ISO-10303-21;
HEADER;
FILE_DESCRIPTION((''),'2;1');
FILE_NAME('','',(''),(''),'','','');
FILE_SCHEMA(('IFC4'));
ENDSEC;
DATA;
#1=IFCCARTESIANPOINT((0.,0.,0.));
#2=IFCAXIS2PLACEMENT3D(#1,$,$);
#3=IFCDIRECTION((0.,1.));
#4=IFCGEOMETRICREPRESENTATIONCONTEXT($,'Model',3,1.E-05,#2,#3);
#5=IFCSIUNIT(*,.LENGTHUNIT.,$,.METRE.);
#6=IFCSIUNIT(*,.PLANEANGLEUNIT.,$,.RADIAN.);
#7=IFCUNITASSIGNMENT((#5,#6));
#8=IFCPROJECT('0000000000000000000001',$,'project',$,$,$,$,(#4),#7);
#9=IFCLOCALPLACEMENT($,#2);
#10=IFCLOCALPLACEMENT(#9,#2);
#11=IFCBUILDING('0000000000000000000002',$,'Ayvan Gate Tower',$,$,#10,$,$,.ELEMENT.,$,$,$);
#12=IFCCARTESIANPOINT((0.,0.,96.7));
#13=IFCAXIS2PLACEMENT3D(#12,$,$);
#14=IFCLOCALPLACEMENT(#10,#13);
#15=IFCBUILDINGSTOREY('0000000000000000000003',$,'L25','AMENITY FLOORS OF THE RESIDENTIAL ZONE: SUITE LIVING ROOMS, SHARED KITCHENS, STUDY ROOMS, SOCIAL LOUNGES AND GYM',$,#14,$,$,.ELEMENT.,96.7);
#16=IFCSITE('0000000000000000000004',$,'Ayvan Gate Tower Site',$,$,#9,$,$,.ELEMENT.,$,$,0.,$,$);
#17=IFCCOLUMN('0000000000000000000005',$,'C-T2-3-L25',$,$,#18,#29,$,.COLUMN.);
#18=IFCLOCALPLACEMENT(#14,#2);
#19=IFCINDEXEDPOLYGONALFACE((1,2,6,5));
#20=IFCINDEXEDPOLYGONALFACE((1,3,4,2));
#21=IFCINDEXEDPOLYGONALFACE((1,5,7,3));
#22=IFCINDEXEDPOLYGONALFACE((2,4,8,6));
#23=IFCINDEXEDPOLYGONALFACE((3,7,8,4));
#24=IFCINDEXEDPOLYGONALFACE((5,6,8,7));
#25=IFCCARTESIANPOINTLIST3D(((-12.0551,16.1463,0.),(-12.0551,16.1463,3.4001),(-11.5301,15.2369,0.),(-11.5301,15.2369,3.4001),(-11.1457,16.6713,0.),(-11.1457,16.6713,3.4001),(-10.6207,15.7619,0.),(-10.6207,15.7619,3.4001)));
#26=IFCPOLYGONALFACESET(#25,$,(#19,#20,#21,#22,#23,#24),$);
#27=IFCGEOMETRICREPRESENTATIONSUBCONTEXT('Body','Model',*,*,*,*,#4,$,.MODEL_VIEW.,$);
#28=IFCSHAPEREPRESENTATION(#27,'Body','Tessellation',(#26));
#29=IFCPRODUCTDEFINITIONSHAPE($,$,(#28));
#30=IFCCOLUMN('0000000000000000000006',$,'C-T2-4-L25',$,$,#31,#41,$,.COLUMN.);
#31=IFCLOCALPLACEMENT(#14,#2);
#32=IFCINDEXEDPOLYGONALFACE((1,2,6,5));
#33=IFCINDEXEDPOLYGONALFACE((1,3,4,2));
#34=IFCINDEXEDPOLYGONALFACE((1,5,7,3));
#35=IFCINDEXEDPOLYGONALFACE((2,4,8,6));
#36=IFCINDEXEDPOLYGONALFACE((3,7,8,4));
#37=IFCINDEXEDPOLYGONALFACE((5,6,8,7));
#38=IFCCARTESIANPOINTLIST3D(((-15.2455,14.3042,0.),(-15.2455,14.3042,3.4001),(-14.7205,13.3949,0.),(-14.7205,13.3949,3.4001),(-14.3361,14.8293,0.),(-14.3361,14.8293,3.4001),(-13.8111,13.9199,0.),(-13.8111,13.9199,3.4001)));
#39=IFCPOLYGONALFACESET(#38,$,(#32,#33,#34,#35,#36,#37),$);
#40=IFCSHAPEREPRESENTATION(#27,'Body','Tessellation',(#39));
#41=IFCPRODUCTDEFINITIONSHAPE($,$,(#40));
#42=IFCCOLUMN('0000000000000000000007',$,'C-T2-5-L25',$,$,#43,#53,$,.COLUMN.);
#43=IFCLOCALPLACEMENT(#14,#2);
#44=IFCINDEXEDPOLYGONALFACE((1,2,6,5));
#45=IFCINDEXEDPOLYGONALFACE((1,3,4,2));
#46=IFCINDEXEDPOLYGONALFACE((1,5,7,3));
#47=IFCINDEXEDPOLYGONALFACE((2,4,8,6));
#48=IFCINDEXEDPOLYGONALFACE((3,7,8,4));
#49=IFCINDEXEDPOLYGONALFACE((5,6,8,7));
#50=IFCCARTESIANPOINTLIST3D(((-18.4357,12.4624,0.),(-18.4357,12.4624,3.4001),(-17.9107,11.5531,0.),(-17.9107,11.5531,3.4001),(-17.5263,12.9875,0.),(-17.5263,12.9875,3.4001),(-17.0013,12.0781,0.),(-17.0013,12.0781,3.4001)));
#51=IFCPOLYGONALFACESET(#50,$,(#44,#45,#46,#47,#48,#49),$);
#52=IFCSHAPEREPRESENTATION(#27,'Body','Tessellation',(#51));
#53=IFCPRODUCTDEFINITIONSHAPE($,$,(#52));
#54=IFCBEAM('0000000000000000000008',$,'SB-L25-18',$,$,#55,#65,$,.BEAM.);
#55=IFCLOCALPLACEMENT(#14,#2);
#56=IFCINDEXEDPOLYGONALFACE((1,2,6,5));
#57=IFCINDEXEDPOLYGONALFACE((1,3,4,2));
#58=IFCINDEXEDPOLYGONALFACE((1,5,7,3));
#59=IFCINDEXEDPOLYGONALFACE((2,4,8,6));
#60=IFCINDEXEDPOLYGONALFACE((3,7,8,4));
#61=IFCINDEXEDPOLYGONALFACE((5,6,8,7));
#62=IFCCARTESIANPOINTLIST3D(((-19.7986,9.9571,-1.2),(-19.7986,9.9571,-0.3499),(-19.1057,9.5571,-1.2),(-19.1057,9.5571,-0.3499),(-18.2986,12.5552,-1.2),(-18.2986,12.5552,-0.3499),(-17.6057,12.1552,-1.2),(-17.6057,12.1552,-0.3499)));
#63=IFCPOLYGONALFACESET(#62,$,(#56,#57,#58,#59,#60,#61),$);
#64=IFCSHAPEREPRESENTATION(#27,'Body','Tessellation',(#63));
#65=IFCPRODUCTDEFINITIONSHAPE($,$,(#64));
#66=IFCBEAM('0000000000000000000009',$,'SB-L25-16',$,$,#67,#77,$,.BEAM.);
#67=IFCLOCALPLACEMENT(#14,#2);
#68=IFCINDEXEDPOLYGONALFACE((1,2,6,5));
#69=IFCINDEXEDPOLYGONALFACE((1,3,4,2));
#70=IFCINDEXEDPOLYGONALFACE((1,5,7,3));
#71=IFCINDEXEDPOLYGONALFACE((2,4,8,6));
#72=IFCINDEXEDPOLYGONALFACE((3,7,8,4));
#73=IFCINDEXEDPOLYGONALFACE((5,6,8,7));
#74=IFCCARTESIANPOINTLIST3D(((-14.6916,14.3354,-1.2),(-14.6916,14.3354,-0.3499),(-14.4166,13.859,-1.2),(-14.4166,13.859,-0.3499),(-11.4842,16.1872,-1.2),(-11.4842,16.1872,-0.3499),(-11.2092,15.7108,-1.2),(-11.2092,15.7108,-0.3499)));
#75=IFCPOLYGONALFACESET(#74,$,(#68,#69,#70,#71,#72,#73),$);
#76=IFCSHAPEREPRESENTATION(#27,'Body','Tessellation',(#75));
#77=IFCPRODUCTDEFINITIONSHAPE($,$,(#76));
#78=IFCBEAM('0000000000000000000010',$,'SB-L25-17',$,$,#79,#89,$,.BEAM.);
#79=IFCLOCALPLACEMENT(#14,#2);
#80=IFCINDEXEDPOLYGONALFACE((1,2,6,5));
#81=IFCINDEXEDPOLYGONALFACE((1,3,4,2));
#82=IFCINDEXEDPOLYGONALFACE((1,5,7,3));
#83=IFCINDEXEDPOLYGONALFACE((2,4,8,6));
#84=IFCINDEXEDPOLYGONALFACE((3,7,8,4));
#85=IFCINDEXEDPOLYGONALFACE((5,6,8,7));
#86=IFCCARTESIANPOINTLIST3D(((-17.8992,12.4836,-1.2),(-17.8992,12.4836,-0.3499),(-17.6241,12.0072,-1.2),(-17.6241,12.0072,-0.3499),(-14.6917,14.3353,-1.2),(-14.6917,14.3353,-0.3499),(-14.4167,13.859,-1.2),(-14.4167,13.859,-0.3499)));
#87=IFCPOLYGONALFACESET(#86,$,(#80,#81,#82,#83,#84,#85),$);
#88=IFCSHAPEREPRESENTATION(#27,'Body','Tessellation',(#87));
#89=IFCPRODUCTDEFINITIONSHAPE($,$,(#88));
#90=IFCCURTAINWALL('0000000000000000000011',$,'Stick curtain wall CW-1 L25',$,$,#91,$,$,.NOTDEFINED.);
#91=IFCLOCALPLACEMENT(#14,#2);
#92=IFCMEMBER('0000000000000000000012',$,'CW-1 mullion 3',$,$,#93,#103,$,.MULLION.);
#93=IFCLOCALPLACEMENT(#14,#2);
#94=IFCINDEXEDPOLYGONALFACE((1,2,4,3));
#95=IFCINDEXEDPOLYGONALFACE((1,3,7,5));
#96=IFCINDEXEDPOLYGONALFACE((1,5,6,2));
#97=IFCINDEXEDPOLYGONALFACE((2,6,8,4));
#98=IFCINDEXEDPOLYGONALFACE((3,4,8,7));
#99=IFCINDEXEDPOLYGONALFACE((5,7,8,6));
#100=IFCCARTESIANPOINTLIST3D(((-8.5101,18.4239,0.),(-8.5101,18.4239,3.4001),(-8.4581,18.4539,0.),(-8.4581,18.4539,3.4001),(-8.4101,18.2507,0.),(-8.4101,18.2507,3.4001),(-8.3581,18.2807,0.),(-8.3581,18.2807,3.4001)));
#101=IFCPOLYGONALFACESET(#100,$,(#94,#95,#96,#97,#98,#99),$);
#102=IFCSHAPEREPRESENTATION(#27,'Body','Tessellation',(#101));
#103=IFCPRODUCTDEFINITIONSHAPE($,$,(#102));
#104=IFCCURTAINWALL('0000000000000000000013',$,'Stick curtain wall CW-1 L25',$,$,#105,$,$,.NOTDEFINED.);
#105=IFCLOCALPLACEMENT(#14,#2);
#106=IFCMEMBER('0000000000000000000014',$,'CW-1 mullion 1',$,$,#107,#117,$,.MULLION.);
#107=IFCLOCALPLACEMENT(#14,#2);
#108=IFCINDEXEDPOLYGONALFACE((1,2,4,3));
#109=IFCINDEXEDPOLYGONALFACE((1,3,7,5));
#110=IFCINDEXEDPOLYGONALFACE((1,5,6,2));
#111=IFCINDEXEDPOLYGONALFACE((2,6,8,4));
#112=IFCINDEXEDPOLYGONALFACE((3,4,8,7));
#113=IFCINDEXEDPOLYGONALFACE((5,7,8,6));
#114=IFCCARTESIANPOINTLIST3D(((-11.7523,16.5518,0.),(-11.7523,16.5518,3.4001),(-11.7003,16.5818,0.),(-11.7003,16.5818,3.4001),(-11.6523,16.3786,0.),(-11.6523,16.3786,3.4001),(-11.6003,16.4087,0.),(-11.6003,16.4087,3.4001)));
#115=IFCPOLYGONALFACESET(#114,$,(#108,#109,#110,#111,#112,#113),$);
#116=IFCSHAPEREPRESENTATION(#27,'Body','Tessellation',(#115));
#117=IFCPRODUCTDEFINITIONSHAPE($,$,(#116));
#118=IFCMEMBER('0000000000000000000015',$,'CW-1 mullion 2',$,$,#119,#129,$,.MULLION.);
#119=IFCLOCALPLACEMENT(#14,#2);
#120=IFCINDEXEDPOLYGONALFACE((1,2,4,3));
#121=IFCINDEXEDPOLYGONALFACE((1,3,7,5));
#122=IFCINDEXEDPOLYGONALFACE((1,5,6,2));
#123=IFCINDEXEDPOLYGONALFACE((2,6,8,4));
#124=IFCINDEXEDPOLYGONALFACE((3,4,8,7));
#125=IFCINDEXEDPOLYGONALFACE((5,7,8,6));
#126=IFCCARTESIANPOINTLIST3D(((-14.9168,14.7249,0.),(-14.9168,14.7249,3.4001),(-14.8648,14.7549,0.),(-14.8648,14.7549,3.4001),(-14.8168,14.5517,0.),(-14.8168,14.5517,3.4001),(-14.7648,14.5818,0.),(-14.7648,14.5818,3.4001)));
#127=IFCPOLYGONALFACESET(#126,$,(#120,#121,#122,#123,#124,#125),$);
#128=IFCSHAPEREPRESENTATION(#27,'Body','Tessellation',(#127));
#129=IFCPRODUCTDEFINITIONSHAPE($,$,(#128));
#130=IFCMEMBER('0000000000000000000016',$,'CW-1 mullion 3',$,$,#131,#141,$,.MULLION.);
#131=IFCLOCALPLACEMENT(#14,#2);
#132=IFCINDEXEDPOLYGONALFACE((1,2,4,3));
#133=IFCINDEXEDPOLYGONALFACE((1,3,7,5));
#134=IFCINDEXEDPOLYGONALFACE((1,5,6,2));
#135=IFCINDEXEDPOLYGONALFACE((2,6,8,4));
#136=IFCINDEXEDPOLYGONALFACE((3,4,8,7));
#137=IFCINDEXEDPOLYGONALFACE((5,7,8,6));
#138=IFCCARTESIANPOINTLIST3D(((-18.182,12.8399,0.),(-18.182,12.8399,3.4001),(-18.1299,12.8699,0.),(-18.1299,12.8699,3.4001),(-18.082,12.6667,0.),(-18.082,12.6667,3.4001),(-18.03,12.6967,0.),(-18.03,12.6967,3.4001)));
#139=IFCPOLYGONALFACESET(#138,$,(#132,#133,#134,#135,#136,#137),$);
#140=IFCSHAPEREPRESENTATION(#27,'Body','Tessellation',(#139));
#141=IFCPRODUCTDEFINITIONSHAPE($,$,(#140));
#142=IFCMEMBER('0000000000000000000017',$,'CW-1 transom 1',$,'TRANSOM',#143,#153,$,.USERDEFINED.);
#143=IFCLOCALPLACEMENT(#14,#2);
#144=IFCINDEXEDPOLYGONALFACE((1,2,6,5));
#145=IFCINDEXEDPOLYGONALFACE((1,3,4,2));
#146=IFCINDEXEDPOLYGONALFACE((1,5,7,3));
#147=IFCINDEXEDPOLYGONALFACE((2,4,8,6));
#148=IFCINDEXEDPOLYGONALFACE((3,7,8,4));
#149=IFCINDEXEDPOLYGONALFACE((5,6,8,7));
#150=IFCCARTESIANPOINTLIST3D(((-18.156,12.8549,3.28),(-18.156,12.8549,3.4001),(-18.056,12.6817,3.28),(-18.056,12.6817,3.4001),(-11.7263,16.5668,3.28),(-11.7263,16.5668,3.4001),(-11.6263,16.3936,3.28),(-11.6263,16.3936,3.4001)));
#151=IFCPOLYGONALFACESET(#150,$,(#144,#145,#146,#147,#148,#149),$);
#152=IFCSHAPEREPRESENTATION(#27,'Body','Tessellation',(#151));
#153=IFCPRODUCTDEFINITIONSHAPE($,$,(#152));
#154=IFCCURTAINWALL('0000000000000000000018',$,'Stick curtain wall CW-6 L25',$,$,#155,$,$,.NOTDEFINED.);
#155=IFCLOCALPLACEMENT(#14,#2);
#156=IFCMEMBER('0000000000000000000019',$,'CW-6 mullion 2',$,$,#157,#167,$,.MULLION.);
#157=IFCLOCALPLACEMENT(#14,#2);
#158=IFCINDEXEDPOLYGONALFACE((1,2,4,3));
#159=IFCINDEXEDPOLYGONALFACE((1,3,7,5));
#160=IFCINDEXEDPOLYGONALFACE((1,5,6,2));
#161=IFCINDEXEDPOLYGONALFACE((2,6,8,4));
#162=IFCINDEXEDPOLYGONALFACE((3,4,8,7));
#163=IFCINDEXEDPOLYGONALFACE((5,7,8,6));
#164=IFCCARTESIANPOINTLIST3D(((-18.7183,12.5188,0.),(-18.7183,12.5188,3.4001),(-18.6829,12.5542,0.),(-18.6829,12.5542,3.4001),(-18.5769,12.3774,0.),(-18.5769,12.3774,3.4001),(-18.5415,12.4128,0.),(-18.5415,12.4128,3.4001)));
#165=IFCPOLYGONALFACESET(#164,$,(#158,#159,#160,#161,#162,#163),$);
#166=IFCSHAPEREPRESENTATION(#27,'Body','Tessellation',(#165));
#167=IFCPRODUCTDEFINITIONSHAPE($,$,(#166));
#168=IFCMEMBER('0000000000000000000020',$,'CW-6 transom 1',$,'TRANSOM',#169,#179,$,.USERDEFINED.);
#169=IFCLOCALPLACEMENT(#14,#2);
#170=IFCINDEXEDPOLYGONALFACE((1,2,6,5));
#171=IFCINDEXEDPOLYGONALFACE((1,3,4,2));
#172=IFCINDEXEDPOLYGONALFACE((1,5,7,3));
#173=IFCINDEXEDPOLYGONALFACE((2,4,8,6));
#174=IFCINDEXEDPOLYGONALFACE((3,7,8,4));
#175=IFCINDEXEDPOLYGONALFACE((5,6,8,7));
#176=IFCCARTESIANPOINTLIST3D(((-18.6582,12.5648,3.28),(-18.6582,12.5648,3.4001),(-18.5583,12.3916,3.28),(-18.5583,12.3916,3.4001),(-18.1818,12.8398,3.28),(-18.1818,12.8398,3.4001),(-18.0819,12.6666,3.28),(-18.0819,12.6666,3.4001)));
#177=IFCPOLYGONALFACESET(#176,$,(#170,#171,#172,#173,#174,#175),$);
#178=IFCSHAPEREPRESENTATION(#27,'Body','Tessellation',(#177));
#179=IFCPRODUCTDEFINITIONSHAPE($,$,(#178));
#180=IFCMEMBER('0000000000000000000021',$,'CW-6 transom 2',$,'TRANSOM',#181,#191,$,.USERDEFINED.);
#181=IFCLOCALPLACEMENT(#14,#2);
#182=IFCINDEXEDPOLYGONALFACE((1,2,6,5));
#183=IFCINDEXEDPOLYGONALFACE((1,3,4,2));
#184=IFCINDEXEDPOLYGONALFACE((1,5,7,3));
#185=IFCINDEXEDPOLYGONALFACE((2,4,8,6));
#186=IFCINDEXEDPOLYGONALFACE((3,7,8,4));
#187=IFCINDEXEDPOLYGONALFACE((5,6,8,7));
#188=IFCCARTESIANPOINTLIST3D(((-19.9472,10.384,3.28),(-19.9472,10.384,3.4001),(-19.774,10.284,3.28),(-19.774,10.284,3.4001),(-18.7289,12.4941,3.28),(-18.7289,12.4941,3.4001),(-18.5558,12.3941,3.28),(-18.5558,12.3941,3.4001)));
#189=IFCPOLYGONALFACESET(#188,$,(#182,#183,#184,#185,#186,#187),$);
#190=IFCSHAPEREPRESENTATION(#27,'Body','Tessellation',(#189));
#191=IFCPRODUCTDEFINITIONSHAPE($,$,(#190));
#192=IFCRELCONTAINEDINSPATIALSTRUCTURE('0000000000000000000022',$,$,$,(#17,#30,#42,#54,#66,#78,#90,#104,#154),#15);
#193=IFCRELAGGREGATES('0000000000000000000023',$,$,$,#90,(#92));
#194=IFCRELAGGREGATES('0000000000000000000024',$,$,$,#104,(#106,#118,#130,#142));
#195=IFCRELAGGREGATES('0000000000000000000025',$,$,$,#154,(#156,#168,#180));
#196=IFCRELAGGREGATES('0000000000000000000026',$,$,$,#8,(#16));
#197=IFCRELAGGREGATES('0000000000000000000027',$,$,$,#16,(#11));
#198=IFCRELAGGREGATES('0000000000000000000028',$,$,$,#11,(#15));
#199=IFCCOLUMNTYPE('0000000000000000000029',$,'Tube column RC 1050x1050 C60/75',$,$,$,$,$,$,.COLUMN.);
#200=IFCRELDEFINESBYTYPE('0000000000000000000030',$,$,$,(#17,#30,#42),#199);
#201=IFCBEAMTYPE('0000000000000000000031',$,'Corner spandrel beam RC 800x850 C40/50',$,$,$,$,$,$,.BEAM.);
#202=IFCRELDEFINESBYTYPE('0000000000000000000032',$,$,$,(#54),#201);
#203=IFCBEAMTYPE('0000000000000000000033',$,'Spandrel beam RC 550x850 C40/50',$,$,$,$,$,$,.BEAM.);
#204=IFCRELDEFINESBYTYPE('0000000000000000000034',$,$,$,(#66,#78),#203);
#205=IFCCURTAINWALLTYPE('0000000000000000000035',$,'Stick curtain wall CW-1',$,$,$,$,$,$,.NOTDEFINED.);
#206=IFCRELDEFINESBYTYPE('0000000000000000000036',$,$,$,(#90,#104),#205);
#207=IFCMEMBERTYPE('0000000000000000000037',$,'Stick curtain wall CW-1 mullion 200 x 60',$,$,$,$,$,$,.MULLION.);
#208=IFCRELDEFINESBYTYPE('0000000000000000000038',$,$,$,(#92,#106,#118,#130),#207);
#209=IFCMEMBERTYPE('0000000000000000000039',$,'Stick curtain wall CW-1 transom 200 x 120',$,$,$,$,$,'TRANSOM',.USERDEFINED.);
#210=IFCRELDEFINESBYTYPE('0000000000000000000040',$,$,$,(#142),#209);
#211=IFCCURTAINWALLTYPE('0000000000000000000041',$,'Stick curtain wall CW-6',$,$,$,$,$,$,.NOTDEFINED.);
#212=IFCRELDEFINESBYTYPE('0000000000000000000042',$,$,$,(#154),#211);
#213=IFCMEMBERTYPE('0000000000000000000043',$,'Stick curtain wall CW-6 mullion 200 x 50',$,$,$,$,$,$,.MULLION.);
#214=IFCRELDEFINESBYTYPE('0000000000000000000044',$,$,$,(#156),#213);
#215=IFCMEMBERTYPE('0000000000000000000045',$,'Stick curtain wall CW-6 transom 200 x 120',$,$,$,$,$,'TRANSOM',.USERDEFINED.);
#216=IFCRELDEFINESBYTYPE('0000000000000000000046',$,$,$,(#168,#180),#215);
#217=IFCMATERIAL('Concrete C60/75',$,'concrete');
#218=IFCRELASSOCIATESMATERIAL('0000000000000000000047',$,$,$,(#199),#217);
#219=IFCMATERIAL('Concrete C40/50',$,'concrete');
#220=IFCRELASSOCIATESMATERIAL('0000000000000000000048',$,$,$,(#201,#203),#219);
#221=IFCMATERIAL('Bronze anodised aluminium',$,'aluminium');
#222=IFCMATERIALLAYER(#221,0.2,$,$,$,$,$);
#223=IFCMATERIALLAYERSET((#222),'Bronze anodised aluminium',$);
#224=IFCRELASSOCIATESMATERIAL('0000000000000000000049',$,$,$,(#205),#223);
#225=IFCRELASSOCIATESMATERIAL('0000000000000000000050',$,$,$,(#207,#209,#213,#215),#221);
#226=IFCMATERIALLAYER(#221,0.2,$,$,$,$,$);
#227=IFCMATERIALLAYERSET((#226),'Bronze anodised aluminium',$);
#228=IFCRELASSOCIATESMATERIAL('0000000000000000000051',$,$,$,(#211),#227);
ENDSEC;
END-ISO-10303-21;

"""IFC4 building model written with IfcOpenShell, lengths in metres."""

from ifc_helpers import new_model, si_unit, direction, frame, origin, origin_2d, place, context, subcontext, project, spatial, rectangle, extrude, material, layer, layer_set, material_profile, profile_set, type_object, element, aggregate, save


model = new_model("IFC4")

# Units and contexts
model_context = context("Model", 3, precision=1e-05, world=origin(), true_north=direction((0.0, 1.0)))
body_context = subcontext(model_context, "Body", "Model", "MODEL_VIEW")
ifc_project = project(units=[si_unit("LENGTHUNIT", "METRE"), si_unit("PLANEANGLEUNIT", "RADIAN")], contexts=[model_context])

# Site, building, storey
site_placement = place(None, origin())
site = spatial("IfcSite", under=ifc_project, at=site_placement, Name="Ayvan Gate Tower Site", CompositionType="ELEMENT", RefElevation=0.0)
building_placement = place(site_placement, origin())
building = spatial("IfcBuilding", under=site, at=building_placement, Name="Ayvan Gate Tower", CompositionType="ELEMENT")
storey_placement = place(building_placement, frame((0.0, 0.0, 96.7)))
storey = spatial("IfcBuildingStorey", under=building, at=storey_placement, Name="L25", Description="AMENITY FLOORS OF THE RESIDENTIAL ZONE: SUITE LIVING ROOMS, SHARED KITCHENS, STUDY ROOMS, SOCIAL LOUNGES AND GYM", CompositionType="ELEMENT", Elevation=96.7)

# Columns
ifc_material_1 = material(Name="Concrete C60/75", Category="concrete")
ifc_material_profile_1 = material_profile(ifc_material_1, rectangle(XDim=1.05, YDim=1.05, at=origin_2d()), Name="RC 1050x1050")
ifc_profile_set_1 = profile_set([ifc_material_profile_1], Name="Concrete C60/75")
column_type = type_object("IfcColumnType", Name="Tube column RC 1050x1050 C60/75", PredefinedType="COLUMN", material=ifc_profile_set_1)
for number, where, z_axis, x_axis, name in (
    (1, (-11.3379, 15.9541, 0.0), (0.0, 0.0, 1.0), (-0.5, 0.866025, 0.0), "C-T2-3-L25"),
    (2, (-14.5283, 14.1121, 0.0), (0.0, 0.0, 1.0), (-0.5, 0.866025, 0.0), "C-T2-4-L25"),
    (3, (-17.7185, 12.2703, 0.0), (0.0, 0.0, 1.0), (-0.5, 0.866025, 0.0), "C-T2-5-L25"),
):
    element("IfcColumn", number, at=place(storey_placement, frame(where, z_axis=z_axis, x_axis=x_axis)), inside=storey, type_object=column_type, Name=name, PredefinedType="COLUMN", context=body_context, shape_type="SweptSolid", body=[
        extrude(rectangle(XDim=1.05, YDim=1.05, at=origin_2d()), origin(), (0.0, 0.0, 1.0), 3.4001),
    ])

# Beams
ifc_material_2 = material(Name="Concrete C40/50", Category="concrete")
ifc_material_profile_2 = material_profile(ifc_material_2, rectangle(XDim=0.8, YDim=0.8501, at=origin_2d()), Name="RC 800x850")
ifc_profile_set_2 = profile_set([ifc_material_profile_2], Name="Concrete C40/50")
beam_type_1 = type_object("IfcBeamType", Name="Corner spandrel beam RC 800x850 C40/50", PredefinedType="BEAM", material=ifc_profile_set_2)
beam_placement = place(storey_placement, frame((-17.9521, 12.3552, -0.7749), z_axis=(-0.49999, -0.866031, 0.0), x_axis=(0.866031, -0.49999, 0.0)))
element("IfcBeam", 4, at=beam_placement, inside=storey, type_object=beam_type_1, Name="SB-L25-18", PredefinedType="BEAM", context=body_context, shape_type="SweptSolid", body=[
    extrude(rectangle(XDim=0.8, YDim=0.8501, at=origin_2d()), origin(), (0.0, 0.0, 1.0), 3.0),
])
ifc_material_profile_3 = material_profile(ifc_material_2, rectangle(XDim=0.55, YDim=0.8501, at=origin_2d()), Name="RC 550x850")
ifc_profile_set_3 = profile_set([ifc_material_profile_3], Name="Concrete C40/50")
beam_type_2 = type_object("IfcBeamType", Name="Spandrel beam RC 550x850 C40/50", PredefinedType="BEAM", material=ifc_profile_set_3)
for number, where, z_axis, x_axis, name in (
    (5, (-11.3467, 15.949, -0.7749), (-0.866032, -0.499989, 0.0), (0.499989, -0.866032, 0.0), "SB-L25-16"),
    (6, (-14.5542, 14.0972, -0.7749), (-0.866032, -0.499989, 0.0), (0.499989, -0.866032, 0.0), "SB-L25-17"),
):
    element("IfcBeam", number, at=place(storey_placement, frame(where, z_axis=z_axis, x_axis=x_axis)), inside=storey, type_object=beam_type_2, Name=name, PredefinedType="BEAM", context=body_context, shape_type="SweptSolid", body=[
        extrude(rectangle(XDim=0.55, YDim=0.8501, at=origin_2d()), origin(), (0.0, 0.0, 1.0), 3.7036),
    ])

# Curtain wall, member
ifc_material_3 = material(Name="Bronze anodised aluminium", Category="aluminium")
ifc_layer_1 = layer(ifc_material_3, 0.2)
ifc_layer_set_1 = layer_set([ifc_layer_1], Name="Bronze anodised aluminium")
curtain_wall_type_1 = type_object("IfcCurtainWallType", Name="Stick curtain wall CW-1", PredefinedType="NOTDEFINED", material=ifc_layer_set_1)
curtain_wall_1_placement = place(storey_placement, origin())
curtain_wall_1 = element("IfcCurtainWall", 7, at=curtain_wall_1_placement, inside=storey, type_object=curtain_wall_type_1, Name="Stick curtain wall CW-1 L25", PredefinedType="NOTDEFINED")
ifc_material_profile_4 = material_profile(ifc_material_3, rectangle(XDim=0.2, YDim=0.0601, at=origin_2d()), Name="Stick curtain wall CW-1 mullion 200 x 60")
ifc_profile_set_4 = profile_set([ifc_material_profile_4], Name="Bronze anodised aluminium")
member_type_1 = type_object("IfcMemberType", Name="Stick curtain wall CW-1 mullion 200 x 60", PredefinedType="MULLION", material=ifc_profile_set_4)
member_1_placement = place(storey_placement, frame((-8.4341, 18.3523, 0.0), z_axis=(0.0, 0.0, 1.0), x_axis=(-0.5, 0.866025, 0.0)))
member_1 = element("IfcMember", 8, at=member_1_placement, type_object=member_type_1, Name="CW-1 mullion 3", PredefinedType="MULLION", context=body_context, shape_type="SweptSolid", body=[
    extrude(rectangle(XDim=0.2, YDim=0.0601, at=origin_2d()), origin(), (0.0, 0.0, 1.0), 3.4001),
])
aggregate(curtain_wall_1, [member_1])

# Curtain walls, members
curtain_wall_2_placement = place(storey_placement, origin())
curtain_wall_2 = element("IfcCurtainWall", 9, at=curtain_wall_2_placement, inside=storey, type_object=curtain_wall_type_1, Name="Stick curtain wall CW-1 L25", PredefinedType="NOTDEFINED")
member_2_placement = place(storey_placement, frame((-11.6763, 16.4802, 0.0), z_axis=(0.0, 0.0, 1.0), x_axis=(-0.5, 0.866025, 0.0)))
member_2 = element("IfcMember", 10, at=member_2_placement, type_object=member_type_1, Name="CW-1 mullion 1", PredefinedType="MULLION", context=body_context, shape_type="SweptSolid", body=[
    extrude(rectangle(XDim=0.2, YDim=0.0601, at=origin_2d()), origin(), (0.0, 0.0, 1.0), 3.4001),
])
member_3_placement = place(storey_placement, frame((-14.8408, 14.6533, 0.0), z_axis=(0.0, 0.0, 1.0), x_axis=(-0.5, 0.866025, 0.0)))
member_3 = element("IfcMember", 11, at=member_3_placement, type_object=member_type_1, Name="CW-1 mullion 2", PredefinedType="MULLION", context=body_context, shape_type="SweptSolid", body=[
    extrude(rectangle(XDim=0.2, YDim=0.0601, at=origin_2d()), origin(), (0.0, 0.0, 1.0), 3.4001),
])
member_4_placement = place(storey_placement, frame((-18.106, 12.7683, 0.0), z_axis=(0.0, 0.0, 1.0), x_axis=(-0.5, 0.866025, 0.0)))
member_4 = element("IfcMember", 12, at=member_4_placement, type_object=member_type_1, Name="CW-1 mullion 3", PredefinedType="MULLION", context=body_context, shape_type="SweptSolid", body=[
    extrude(rectangle(XDim=0.2, YDim=0.0601, at=origin_2d()), origin(), (0.0, 0.0, 1.0), 3.4001),
])
ifc_material_profile_5 = material_profile(ifc_material_3, rectangle(XDim=0.2, YDim=0.1201, at=origin_2d()), Name="Stick curtain wall CW-1 transom 200 x 120")
ifc_profile_set_5 = profile_set([ifc_material_profile_5], Name="Bronze anodised aluminium")
member_type_2 = type_object("IfcMemberType", Name="Stick curtain wall CW-1 transom 200 x 120", ElementType="TRANSOM", PredefinedType="USERDEFINED", material=ifc_profile_set_5)
member_5_placement = place(storey_placement, frame((-11.6763, 16.4802, 3.3401), z_axis=(-0.866041, -0.499973, 0.0), x_axis=(0.499973, -0.866041, 0.0)))
member_5 = element("IfcMember", 13, at=member_5_placement, type_object=member_type_2, Name="CW-1 transom 1", ObjectType="TRANSOM", PredefinedType="USERDEFINED", context=body_context, shape_type="SweptSolid", body=[
    extrude(rectangle(XDim=0.2, YDim=0.1201, at=origin_2d()), origin(), (0.0, 0.0, 1.0), 7.4243),
])
ifc_layer_2 = layer(ifc_material_3, 0.2)
ifc_layer_set_2 = layer_set([ifc_layer_2], Name="Bronze anodised aluminium")
curtain_wall_type_2 = type_object("IfcCurtainWallType", Name="Stick curtain wall CW-6", PredefinedType="NOTDEFINED", material=ifc_layer_set_2)
curtain_wall_3_placement = place(storey_placement, origin())
curtain_wall_3 = element("IfcCurtainWall", 14, at=curtain_wall_3_placement, inside=storey, type_object=curtain_wall_type_2, Name="Stick curtain wall CW-6 L25", PredefinedType="NOTDEFINED")
ifc_material_profile_6 = material_profile(ifc_material_3, rectangle(XDim=0.2, YDim=0.05, at=origin_2d()), Name="Stick curtain wall CW-6 mullion 200 x 50")
ifc_profile_set_6 = profile_set([ifc_material_profile_6], Name="Bronze anodised aluminium")
member_type_3 = type_object("IfcMemberType", Name="Stick curtain wall CW-6 mullion 200 x 50", PredefinedType="MULLION", material=ifc_profile_set_6)
member_6_placement = place(storey_placement, frame((-18.6299, 12.4658, 0.0), z_axis=(0.0, 0.0, 1.0), x_axis=(-0.707107, 0.707107, 0.0)))
member_6 = element("IfcMember", 15, at=member_6_placement, type_object=member_type_3, Name="CW-6 mullion 2", PredefinedType="MULLION", context=body_context, shape_type="SweptSolid", body=[
    extrude(rectangle(XDim=0.2, YDim=0.05, at=origin_2d()), origin(), (0.0, 0.0, 1.0), 3.4001),
])
ifc_material_profile_7 = material_profile(ifc_material_3, rectangle(XDim=0.2, YDim=0.1201, at=origin_2d()), Name="Stick curtain wall CW-6 transom 200 x 120")
ifc_profile_set_7 = profile_set([ifc_material_profile_7], Name="Bronze anodised aluminium")
member_type_4 = type_object("IfcMemberType", Name="Stick curtain wall CW-6 transom 200 x 120", ElementType="TRANSOM", PredefinedType="USERDEFINED", material=ifc_profile_set_7)
member_7_placement = place(storey_placement, frame((-18.1318, 12.7532, 3.3401), z_axis=(-0.866104, -0.499863, 0.0), x_axis=(0.499863, -0.866104, 0.0)))
member_7 = element("IfcMember", 16, at=member_7_placement, type_object=member_type_4, Name="CW-6 transom 1", ObjectType="TRANSOM", PredefinedType="USERDEFINED", context=body_context, shape_type="SweptSolid", body=[
    extrude(rectangle(XDim=0.2, YDim=0.1201, at=origin_2d()), origin(), (0.0, 0.0, 1.0), 0.55),
])
member_8_placement = place(storey_placement, frame((-18.6423, 12.4441, 3.3401), z_axis=(-0.499997, -0.866027, 0.0), x_axis=(0.866027, -0.499997, 0.0)))
member_8 = element("IfcMember", 17, at=member_8_placement, type_object=member_type_4, Name="CW-6 transom 2", ObjectType="TRANSOM", PredefinedType="USERDEFINED", context=body_context, shape_type="SweptSolid", body=[
    extrude(rectangle(XDim=0.2, YDim=0.1201, at=origin_2d()), origin(), (0.0, 0.0, 1.0), 2.4365),
])

aggregate(curtain_wall_2, [member_2, member_3, member_4, member_5])
aggregate(curtain_wall_3, [member_6, member_7, member_8])

save(model, "model.ifc")
